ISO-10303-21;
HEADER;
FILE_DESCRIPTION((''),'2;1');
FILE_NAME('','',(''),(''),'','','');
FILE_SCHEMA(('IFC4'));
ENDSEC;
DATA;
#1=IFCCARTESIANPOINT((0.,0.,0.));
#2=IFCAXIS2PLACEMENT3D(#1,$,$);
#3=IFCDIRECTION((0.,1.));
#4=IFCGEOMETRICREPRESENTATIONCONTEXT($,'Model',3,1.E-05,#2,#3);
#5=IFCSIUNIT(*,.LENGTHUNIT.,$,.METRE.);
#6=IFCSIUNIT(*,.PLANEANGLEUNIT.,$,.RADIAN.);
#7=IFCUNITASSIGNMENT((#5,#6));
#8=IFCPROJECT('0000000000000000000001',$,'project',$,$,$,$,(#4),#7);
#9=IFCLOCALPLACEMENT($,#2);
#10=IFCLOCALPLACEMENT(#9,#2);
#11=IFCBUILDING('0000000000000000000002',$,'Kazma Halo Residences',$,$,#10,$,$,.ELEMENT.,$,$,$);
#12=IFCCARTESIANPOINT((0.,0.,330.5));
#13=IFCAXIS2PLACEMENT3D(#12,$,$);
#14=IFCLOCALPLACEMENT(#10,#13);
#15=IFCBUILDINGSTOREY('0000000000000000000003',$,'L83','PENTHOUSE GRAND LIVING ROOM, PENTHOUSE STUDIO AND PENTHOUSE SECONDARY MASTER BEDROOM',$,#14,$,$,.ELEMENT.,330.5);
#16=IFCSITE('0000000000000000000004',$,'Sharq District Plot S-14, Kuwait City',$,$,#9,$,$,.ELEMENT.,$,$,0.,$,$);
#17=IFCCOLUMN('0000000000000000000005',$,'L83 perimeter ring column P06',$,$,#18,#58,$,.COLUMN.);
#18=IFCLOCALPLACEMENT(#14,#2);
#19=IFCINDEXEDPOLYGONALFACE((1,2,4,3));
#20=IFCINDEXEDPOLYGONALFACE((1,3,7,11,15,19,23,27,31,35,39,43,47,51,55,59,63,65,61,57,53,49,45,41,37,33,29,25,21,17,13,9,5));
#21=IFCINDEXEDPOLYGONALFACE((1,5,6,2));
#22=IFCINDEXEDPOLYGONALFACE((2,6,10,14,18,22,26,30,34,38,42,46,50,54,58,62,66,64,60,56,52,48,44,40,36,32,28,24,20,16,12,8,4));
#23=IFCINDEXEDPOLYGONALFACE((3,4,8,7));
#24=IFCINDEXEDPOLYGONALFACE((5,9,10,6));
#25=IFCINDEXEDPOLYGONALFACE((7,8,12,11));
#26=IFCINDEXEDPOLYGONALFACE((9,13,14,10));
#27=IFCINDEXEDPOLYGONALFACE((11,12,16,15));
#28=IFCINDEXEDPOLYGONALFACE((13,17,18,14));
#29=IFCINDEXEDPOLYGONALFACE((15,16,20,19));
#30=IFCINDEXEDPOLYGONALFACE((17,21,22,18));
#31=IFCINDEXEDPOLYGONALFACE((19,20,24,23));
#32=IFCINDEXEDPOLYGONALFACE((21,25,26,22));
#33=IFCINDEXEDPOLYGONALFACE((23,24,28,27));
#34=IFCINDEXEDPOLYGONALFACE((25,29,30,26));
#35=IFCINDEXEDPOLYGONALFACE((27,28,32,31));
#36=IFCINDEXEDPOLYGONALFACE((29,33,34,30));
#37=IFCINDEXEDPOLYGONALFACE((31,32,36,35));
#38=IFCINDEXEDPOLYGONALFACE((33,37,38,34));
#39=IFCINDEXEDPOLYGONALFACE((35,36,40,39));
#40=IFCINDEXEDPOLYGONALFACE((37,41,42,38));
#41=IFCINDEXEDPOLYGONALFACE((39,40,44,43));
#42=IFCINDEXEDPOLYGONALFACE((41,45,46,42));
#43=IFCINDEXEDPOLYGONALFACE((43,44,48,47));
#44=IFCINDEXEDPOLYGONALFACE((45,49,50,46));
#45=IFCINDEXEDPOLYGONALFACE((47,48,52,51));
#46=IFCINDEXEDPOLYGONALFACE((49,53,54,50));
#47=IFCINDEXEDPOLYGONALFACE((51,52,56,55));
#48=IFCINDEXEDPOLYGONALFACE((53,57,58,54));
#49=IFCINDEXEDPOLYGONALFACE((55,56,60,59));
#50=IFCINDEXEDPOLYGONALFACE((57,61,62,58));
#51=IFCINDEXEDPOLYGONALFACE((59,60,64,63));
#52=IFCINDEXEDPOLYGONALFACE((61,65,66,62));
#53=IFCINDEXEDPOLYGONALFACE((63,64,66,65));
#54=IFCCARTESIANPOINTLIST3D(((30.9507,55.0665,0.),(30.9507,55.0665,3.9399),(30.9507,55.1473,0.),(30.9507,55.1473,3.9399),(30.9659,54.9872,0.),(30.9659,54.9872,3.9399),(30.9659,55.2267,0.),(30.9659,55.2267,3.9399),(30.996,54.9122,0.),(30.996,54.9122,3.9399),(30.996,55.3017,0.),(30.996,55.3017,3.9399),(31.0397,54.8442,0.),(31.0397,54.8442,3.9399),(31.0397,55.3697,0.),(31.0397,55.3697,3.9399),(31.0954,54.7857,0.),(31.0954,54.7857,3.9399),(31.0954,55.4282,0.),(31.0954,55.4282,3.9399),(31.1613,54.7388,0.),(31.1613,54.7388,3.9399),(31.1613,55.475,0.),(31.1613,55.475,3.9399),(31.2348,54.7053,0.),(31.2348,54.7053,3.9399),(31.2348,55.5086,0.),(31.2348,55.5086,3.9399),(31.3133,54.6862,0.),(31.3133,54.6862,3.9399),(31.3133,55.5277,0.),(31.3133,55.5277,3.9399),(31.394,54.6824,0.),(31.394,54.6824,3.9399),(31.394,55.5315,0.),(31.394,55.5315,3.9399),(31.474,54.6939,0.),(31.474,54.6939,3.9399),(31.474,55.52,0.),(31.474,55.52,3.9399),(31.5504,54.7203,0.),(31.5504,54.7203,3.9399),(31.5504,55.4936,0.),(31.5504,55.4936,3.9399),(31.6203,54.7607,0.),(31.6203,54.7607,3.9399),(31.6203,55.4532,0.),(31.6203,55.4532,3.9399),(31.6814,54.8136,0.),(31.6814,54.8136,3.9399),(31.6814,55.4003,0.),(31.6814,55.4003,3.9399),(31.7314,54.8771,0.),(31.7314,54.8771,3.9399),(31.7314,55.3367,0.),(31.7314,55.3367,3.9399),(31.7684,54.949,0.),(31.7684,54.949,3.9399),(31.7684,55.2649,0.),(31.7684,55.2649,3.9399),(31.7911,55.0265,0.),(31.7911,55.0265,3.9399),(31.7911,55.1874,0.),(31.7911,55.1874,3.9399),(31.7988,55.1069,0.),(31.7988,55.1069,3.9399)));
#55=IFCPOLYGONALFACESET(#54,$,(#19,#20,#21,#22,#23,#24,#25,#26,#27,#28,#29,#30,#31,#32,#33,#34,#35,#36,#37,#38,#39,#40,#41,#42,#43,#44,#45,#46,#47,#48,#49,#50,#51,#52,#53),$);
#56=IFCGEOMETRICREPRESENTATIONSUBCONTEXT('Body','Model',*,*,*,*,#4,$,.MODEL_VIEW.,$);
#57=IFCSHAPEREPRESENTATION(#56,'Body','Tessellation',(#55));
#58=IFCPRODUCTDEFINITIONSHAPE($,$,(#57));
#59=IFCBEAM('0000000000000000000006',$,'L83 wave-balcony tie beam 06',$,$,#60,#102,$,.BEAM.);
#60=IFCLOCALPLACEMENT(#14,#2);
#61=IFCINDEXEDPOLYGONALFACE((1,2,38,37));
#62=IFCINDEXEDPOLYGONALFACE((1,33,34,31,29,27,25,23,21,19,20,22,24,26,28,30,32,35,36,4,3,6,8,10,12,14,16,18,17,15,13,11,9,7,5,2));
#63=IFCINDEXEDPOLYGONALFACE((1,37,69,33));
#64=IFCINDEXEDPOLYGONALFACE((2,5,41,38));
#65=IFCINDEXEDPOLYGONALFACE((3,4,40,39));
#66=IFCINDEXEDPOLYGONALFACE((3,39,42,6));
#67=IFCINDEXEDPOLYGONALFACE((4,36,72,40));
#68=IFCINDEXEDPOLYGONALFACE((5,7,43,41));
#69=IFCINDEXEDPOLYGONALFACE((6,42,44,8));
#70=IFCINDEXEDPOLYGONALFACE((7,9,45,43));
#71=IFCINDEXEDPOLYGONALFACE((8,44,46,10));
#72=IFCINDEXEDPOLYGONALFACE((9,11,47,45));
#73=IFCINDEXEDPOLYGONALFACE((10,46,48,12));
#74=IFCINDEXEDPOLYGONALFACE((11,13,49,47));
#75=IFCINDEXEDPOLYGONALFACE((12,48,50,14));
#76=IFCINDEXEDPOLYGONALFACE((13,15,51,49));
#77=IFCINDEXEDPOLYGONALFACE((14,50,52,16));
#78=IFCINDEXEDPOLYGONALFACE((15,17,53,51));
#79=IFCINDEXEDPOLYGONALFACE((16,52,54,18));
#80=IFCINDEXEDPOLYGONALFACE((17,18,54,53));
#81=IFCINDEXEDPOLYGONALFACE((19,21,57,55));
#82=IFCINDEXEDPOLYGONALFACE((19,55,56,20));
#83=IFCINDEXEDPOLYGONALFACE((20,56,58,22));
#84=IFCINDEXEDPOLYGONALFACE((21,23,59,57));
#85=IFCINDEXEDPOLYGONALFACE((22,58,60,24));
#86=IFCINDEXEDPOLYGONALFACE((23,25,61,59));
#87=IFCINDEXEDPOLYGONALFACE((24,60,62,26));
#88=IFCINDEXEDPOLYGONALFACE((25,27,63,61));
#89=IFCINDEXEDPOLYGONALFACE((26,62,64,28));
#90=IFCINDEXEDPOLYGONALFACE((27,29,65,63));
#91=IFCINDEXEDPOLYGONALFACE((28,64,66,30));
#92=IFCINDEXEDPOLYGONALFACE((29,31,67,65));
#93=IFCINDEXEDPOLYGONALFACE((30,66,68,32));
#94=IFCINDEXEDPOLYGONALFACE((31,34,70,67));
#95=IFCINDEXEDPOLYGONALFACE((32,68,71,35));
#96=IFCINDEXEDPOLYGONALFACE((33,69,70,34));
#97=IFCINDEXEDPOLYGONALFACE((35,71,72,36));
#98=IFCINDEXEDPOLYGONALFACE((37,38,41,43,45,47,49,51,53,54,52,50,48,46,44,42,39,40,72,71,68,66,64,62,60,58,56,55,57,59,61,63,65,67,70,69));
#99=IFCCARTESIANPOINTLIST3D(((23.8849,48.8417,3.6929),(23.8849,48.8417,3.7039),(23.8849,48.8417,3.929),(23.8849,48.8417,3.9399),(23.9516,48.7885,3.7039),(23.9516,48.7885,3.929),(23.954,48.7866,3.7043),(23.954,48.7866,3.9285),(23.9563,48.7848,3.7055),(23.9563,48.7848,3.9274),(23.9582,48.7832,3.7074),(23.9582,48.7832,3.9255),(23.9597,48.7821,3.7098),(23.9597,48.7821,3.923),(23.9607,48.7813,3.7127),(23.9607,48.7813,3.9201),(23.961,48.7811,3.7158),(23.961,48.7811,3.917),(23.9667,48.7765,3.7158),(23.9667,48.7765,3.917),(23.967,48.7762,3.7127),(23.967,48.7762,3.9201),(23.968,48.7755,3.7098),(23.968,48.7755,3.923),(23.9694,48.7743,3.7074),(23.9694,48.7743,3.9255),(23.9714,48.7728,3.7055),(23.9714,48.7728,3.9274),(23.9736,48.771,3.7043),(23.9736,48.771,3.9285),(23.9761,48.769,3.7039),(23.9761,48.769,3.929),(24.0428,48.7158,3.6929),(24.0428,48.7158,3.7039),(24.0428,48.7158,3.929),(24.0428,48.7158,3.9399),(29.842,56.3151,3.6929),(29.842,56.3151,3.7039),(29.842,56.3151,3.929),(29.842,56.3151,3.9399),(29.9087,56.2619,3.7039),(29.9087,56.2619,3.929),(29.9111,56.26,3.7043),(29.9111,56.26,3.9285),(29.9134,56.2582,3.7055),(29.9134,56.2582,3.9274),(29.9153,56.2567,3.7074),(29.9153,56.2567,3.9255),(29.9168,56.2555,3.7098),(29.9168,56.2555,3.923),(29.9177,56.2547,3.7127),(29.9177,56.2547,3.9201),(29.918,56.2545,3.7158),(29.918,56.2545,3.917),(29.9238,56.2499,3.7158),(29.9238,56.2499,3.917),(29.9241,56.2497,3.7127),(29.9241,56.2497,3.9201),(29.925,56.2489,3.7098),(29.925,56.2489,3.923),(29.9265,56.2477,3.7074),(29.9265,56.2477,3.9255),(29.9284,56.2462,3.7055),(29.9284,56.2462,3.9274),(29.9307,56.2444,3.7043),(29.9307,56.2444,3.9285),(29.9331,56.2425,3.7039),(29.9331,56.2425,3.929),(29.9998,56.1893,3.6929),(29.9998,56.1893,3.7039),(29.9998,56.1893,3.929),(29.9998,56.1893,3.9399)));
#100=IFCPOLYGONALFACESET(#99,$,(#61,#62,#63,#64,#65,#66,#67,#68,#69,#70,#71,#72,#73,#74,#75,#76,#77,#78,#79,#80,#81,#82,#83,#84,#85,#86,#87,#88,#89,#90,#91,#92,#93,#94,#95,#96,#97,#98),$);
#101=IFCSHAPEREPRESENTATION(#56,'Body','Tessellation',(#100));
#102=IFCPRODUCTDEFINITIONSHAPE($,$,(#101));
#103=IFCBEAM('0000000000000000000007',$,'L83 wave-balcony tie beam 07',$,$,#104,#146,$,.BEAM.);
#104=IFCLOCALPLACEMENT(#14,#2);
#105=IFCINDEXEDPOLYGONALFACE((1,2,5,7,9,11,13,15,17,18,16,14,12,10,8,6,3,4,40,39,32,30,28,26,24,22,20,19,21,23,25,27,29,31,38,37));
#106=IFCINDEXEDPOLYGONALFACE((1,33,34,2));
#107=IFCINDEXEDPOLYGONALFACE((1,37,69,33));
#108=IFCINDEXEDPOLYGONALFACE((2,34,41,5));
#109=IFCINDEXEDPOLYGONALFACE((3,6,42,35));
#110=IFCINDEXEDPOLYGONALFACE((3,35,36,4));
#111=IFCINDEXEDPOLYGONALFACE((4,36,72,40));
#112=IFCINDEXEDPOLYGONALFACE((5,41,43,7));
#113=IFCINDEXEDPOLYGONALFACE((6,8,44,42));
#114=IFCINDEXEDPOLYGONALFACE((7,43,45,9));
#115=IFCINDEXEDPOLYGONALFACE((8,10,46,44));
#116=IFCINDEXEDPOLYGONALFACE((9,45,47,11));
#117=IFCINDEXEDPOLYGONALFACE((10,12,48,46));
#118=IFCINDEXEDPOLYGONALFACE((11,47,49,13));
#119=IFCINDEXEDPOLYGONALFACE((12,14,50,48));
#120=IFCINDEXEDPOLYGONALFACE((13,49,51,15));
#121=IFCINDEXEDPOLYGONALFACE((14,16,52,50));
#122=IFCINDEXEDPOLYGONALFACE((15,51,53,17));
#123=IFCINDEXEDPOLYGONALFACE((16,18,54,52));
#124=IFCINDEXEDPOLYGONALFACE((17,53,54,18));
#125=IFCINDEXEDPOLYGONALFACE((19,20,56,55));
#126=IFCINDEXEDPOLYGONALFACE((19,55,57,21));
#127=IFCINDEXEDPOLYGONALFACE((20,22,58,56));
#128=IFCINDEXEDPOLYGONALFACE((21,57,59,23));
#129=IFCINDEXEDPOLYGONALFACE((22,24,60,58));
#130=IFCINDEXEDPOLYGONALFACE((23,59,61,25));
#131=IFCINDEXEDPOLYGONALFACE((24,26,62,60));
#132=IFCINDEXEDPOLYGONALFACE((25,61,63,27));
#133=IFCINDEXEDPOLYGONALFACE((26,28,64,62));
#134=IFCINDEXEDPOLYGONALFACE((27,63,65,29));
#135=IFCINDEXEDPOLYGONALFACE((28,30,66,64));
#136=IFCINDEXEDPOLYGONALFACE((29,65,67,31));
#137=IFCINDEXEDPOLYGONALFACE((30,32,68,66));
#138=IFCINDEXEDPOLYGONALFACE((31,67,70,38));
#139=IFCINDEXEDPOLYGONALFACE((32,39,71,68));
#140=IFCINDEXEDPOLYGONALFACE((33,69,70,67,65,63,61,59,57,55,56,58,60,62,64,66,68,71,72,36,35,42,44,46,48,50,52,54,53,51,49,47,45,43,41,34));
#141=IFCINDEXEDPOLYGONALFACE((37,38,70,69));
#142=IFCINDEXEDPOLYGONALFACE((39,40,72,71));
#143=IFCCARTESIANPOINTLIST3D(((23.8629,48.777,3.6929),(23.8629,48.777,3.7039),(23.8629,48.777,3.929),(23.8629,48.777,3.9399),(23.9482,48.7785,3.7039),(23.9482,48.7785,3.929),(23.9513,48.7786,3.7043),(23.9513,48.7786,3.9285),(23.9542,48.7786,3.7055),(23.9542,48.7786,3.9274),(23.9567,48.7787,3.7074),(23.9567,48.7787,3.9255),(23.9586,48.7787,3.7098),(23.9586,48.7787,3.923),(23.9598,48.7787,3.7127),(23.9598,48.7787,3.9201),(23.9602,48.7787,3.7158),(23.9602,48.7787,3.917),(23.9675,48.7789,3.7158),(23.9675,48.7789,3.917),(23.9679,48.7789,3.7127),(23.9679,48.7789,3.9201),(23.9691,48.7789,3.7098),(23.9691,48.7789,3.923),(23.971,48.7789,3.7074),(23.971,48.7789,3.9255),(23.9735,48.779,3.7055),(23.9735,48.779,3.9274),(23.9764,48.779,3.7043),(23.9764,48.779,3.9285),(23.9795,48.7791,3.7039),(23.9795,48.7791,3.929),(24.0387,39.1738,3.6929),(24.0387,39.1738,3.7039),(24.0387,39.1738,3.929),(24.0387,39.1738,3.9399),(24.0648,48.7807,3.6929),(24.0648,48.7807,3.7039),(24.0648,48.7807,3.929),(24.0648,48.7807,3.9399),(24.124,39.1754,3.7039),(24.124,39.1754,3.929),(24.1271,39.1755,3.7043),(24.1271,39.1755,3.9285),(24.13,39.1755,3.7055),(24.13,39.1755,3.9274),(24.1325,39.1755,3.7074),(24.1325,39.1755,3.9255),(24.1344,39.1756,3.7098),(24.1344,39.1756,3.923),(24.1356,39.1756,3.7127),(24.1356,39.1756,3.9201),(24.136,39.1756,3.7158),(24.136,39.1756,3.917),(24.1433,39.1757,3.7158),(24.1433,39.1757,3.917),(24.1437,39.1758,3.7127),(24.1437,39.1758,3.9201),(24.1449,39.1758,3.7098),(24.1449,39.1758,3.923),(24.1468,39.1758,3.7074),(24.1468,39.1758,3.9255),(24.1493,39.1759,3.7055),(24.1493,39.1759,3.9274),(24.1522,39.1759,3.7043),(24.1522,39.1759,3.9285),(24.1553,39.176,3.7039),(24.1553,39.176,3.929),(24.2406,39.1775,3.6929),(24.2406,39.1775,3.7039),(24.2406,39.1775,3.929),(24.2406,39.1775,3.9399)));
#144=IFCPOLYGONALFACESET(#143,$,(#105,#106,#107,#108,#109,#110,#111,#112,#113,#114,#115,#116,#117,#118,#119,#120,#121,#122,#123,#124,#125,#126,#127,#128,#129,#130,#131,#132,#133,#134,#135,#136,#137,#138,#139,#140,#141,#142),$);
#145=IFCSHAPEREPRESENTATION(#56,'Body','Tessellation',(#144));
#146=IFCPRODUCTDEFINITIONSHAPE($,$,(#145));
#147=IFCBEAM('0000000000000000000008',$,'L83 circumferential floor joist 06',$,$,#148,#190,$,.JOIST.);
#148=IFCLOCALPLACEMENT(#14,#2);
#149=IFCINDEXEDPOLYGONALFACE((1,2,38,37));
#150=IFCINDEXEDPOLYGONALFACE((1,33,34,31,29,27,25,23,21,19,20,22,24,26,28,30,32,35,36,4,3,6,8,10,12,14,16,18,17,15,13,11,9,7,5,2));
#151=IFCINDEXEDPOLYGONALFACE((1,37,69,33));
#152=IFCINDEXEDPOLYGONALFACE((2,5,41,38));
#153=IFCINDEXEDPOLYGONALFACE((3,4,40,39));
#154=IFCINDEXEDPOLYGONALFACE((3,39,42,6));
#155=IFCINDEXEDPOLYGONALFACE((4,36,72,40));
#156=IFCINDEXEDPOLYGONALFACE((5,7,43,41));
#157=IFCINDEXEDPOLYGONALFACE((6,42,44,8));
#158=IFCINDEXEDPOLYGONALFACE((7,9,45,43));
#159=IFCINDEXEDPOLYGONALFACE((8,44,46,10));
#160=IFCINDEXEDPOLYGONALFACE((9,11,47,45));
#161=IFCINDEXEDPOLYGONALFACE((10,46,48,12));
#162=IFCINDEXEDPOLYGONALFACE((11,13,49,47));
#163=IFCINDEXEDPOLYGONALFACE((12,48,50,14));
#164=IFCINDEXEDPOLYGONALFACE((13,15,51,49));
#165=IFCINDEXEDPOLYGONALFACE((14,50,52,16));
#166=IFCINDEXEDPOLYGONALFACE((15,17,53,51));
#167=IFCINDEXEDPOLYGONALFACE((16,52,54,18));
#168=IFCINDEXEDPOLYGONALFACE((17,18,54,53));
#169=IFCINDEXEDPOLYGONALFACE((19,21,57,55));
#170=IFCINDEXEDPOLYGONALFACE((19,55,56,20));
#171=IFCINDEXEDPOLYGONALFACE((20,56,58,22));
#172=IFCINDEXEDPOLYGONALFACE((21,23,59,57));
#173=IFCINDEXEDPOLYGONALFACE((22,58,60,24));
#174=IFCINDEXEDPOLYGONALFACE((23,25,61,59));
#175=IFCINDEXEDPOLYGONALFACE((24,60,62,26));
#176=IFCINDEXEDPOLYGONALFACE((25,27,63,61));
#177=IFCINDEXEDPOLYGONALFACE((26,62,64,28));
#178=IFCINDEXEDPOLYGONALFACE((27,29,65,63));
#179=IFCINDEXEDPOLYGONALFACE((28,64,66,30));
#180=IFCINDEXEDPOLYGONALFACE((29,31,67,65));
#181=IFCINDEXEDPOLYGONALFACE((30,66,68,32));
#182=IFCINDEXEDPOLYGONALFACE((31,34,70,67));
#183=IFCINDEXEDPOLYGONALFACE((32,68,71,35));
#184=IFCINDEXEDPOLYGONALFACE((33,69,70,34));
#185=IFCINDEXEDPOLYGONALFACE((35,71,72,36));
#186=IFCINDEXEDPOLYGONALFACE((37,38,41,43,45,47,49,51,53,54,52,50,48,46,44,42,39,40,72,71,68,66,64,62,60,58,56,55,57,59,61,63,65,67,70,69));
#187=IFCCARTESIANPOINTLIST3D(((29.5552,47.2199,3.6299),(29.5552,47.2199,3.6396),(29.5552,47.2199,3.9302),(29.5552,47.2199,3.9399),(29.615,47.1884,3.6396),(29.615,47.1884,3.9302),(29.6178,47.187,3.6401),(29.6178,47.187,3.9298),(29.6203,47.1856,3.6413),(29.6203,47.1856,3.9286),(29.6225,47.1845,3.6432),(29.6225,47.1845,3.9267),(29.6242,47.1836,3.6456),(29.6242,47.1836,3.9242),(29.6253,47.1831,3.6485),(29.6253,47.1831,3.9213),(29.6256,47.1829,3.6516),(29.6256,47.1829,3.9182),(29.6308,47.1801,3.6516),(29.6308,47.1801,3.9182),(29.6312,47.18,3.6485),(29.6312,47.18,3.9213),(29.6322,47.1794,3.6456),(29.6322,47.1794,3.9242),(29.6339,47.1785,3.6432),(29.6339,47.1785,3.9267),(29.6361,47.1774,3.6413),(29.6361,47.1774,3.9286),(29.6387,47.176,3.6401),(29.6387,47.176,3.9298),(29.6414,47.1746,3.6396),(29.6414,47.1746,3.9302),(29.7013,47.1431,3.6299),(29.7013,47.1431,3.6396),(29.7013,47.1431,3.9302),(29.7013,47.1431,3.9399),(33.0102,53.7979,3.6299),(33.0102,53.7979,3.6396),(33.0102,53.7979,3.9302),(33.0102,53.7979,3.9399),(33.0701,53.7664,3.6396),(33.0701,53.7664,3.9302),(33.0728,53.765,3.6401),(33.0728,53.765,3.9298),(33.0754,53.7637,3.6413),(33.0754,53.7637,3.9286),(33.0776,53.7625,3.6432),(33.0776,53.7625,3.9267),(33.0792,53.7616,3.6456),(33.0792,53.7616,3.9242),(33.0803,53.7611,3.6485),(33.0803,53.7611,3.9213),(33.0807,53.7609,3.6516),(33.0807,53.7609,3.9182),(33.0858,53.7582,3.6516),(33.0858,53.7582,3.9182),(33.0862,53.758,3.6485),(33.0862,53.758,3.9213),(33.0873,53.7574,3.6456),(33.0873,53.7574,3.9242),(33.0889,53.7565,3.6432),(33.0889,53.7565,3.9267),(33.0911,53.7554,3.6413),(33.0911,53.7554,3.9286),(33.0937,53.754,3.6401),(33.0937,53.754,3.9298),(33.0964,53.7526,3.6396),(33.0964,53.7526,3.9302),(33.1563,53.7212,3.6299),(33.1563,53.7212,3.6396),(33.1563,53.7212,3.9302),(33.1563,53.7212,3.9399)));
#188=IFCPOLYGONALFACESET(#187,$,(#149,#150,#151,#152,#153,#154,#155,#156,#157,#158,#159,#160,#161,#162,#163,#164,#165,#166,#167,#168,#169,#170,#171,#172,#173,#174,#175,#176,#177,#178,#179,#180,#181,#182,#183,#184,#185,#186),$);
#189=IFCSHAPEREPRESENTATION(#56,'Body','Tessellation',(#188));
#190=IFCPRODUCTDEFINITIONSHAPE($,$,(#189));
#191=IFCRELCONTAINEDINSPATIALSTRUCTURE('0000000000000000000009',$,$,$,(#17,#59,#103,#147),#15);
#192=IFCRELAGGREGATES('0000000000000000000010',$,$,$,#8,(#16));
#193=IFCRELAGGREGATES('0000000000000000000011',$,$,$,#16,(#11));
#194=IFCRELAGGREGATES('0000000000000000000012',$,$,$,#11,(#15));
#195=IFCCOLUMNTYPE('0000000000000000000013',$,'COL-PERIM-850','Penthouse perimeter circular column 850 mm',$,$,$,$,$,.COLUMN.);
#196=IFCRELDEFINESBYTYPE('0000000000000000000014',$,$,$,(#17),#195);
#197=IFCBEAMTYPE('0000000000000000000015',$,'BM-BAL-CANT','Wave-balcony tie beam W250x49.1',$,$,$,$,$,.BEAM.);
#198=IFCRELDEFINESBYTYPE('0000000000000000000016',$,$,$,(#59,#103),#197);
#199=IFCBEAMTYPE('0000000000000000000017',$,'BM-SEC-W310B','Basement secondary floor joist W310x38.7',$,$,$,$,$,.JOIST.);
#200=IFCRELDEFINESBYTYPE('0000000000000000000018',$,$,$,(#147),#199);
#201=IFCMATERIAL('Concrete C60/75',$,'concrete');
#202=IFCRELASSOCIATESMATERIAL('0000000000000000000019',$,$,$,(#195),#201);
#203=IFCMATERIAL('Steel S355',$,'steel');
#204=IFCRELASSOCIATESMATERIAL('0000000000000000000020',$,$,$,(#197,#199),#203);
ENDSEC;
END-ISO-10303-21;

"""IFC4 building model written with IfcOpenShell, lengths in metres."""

from ifc_helpers import new_model, si_unit, direction, frame, origin, origin_2d, place, context, subcontext, project, spatial, circle, i_section, extrude, material, material_profile, profile_set, type_object, element, save


model = new_model("IFC4")

# Units and contexts
model_context = context("Model", 3, precision=1e-05, world=origin(), true_north=direction((0.0, 1.0)))
body_context = subcontext(model_context, "Body", "Model", "MODEL_VIEW")
ifc_project = project(units=[si_unit("LENGTHUNIT", "METRE"), si_unit("PLANEANGLEUNIT", "RADIAN")], contexts=[model_context])

# Site, building, storey
site_placement = place(None, origin())
site = spatial("IfcSite", under=ifc_project, at=site_placement, Name="Sharq District Plot S-14, Kuwait City", CompositionType="ELEMENT", RefElevation=0.0)
building_placement = place(site_placement, origin())
building = spatial("IfcBuilding", under=site, at=building_placement, Name="Kazma Halo Residences", CompositionType="ELEMENT")
storey_placement = place(building_placement, frame((0.0, 0.0, 330.5)))
storey = spatial("IfcBuildingStorey", under=building, at=storey_placement, Name="L83", Description="PENTHOUSE GRAND LIVING ROOM, PENTHOUSE STUDIO AND PENTHOUSE SECONDARY MASTER BEDROOM", CompositionType="ELEMENT", Elevation=330.5)

# Column
ifc_material_1 = material(Name="Concrete C60/75", Category="concrete")
ifc_material_profile_1 = material_profile(ifc_material_1, circle(Radius=0.425, at=origin_2d()), Name="CIRC850")
ifc_profile_set_1 = profile_set([ifc_material_profile_1], Name="Concrete C60/75")
column_type = type_object("IfcColumnType", Name="COL-PERIM-850", Description="Penthouse perimeter circular column 850 mm", PredefinedType="COLUMN", material=ifc_profile_set_1)
column_placement = place(storey_placement, frame((31.3738, 55.1069, 0.0), z_axis=(0.0, 0.0, 1.0), x_axis=(1.0, 0.0, 0.0)))
element("IfcColumn", 1, at=column_placement, inside=storey, type_object=column_type, Name="L83 perimeter ring column P06", PredefinedType="COLUMN", context=body_context, shape_type="SweptSolid", body=[
    extrude(circle(Radius=0.425, at=origin_2d()), origin(), (0.0, 0.0, 1.0), 3.9399),
])

# Beams
ifc_material_2 = material(Name="Steel S355", Category="steel")
ifc_material_profile_2 = material_profile(ifc_material_2, i_section(OverallWidth=0.2019, OverallDepth=0.2471, WebThickness=0.0073, FlangeThickness=0.011, FilletRadius=0.012, at=origin_2d()), Name="W250x49.1")
ifc_profile_set_2 = profile_set([ifc_material_profile_2], Name="Steel S355")
beam_type_1 = type_object("IfcBeamType", Name="BM-BAL-CANT", Description="Wave-balcony tie beam W250x49.1", PredefinedType="BEAM", material=ifc_profile_set_2)
beam_1_placement = place(storey_placement, frame((29.9209, 56.2522, 3.8164), z_axis=(-0.623311, -0.781974, 0.0), x_axis=(0.781974, -0.623311, 0.0)))
element("IfcBeam", 2, at=beam_1_placement, inside=storey, type_object=beam_type_1, Name="L83 wave-balcony tie beam 06", PredefinedType="BEAM", context=body_context, shape_type="SweptSolid", body=[
    extrude(i_section(OverallWidth=0.2019, OverallDepth=0.2471, WebThickness=0.0073, FlangeThickness=0.011, FilletRadius=0.012, at=origin_2d()), origin(), (0.0, 0.0, 1.0), 9.5571),
])
beam_2_placement = place(storey_placement, frame((23.9639, 48.7788, 3.8164), z_axis=(0.018302, -0.999833, 0.0), x_axis=(0.999833, 0.018302, 0.0)))
element("IfcBeam", 3, at=beam_2_placement, inside=storey, type_object=beam_type_1, Name="L83 wave-balcony tie beam 07", PredefinedType="BEAM", context=body_context, shape_type="SweptSolid", body=[
    extrude(i_section(OverallWidth=0.2019, OverallDepth=0.2471, WebThickness=0.0073, FlangeThickness=0.011, FilletRadius=0.012, at=origin_2d()), origin(), (0.0, 0.0, 1.0), 9.6047),
])
ifc_material_profile_3 = material_profile(ifc_material_2, i_section(OverallWidth=0.165, OverallDepth=0.3101, WebThickness=0.0059, FlangeThickness=0.0098, FilletRadius=0.012, at=origin_2d()), Name="W310x38.7")
ifc_profile_set_3 = profile_set([ifc_material_profile_3], Name="Steel S355")
beam_type_2 = type_object("IfcBeamType", Name="BM-SEC-W310B", Description="Basement secondary floor joist W310x38.7", PredefinedType="JOIST", material=ifc_profile_set_3)
beam_3_placement = place(storey_placement, frame((33.0833, 53.7595, 3.7849), z_axis=(-0.464999, -0.885311, 0.0), x_axis=(0.885311, -0.464999, 0.0)))
element("IfcBeam", 4, at=beam_3_placement, inside=storey, type_object=beam_type_2, Name="L83 circumferential floor joist 06", PredefinedType="JOIST", context=body_context, shape_type="SweptSolid", body=[
    extrude(i_section(OverallWidth=0.165, OverallDepth=0.3101, WebThickness=0.0059, FlangeThickness=0.0098, FilletRadius=0.012, at=origin_2d()), origin(), (0.0, 0.0, 1.0), 7.4302),
])

save(model, "model.ifc")
